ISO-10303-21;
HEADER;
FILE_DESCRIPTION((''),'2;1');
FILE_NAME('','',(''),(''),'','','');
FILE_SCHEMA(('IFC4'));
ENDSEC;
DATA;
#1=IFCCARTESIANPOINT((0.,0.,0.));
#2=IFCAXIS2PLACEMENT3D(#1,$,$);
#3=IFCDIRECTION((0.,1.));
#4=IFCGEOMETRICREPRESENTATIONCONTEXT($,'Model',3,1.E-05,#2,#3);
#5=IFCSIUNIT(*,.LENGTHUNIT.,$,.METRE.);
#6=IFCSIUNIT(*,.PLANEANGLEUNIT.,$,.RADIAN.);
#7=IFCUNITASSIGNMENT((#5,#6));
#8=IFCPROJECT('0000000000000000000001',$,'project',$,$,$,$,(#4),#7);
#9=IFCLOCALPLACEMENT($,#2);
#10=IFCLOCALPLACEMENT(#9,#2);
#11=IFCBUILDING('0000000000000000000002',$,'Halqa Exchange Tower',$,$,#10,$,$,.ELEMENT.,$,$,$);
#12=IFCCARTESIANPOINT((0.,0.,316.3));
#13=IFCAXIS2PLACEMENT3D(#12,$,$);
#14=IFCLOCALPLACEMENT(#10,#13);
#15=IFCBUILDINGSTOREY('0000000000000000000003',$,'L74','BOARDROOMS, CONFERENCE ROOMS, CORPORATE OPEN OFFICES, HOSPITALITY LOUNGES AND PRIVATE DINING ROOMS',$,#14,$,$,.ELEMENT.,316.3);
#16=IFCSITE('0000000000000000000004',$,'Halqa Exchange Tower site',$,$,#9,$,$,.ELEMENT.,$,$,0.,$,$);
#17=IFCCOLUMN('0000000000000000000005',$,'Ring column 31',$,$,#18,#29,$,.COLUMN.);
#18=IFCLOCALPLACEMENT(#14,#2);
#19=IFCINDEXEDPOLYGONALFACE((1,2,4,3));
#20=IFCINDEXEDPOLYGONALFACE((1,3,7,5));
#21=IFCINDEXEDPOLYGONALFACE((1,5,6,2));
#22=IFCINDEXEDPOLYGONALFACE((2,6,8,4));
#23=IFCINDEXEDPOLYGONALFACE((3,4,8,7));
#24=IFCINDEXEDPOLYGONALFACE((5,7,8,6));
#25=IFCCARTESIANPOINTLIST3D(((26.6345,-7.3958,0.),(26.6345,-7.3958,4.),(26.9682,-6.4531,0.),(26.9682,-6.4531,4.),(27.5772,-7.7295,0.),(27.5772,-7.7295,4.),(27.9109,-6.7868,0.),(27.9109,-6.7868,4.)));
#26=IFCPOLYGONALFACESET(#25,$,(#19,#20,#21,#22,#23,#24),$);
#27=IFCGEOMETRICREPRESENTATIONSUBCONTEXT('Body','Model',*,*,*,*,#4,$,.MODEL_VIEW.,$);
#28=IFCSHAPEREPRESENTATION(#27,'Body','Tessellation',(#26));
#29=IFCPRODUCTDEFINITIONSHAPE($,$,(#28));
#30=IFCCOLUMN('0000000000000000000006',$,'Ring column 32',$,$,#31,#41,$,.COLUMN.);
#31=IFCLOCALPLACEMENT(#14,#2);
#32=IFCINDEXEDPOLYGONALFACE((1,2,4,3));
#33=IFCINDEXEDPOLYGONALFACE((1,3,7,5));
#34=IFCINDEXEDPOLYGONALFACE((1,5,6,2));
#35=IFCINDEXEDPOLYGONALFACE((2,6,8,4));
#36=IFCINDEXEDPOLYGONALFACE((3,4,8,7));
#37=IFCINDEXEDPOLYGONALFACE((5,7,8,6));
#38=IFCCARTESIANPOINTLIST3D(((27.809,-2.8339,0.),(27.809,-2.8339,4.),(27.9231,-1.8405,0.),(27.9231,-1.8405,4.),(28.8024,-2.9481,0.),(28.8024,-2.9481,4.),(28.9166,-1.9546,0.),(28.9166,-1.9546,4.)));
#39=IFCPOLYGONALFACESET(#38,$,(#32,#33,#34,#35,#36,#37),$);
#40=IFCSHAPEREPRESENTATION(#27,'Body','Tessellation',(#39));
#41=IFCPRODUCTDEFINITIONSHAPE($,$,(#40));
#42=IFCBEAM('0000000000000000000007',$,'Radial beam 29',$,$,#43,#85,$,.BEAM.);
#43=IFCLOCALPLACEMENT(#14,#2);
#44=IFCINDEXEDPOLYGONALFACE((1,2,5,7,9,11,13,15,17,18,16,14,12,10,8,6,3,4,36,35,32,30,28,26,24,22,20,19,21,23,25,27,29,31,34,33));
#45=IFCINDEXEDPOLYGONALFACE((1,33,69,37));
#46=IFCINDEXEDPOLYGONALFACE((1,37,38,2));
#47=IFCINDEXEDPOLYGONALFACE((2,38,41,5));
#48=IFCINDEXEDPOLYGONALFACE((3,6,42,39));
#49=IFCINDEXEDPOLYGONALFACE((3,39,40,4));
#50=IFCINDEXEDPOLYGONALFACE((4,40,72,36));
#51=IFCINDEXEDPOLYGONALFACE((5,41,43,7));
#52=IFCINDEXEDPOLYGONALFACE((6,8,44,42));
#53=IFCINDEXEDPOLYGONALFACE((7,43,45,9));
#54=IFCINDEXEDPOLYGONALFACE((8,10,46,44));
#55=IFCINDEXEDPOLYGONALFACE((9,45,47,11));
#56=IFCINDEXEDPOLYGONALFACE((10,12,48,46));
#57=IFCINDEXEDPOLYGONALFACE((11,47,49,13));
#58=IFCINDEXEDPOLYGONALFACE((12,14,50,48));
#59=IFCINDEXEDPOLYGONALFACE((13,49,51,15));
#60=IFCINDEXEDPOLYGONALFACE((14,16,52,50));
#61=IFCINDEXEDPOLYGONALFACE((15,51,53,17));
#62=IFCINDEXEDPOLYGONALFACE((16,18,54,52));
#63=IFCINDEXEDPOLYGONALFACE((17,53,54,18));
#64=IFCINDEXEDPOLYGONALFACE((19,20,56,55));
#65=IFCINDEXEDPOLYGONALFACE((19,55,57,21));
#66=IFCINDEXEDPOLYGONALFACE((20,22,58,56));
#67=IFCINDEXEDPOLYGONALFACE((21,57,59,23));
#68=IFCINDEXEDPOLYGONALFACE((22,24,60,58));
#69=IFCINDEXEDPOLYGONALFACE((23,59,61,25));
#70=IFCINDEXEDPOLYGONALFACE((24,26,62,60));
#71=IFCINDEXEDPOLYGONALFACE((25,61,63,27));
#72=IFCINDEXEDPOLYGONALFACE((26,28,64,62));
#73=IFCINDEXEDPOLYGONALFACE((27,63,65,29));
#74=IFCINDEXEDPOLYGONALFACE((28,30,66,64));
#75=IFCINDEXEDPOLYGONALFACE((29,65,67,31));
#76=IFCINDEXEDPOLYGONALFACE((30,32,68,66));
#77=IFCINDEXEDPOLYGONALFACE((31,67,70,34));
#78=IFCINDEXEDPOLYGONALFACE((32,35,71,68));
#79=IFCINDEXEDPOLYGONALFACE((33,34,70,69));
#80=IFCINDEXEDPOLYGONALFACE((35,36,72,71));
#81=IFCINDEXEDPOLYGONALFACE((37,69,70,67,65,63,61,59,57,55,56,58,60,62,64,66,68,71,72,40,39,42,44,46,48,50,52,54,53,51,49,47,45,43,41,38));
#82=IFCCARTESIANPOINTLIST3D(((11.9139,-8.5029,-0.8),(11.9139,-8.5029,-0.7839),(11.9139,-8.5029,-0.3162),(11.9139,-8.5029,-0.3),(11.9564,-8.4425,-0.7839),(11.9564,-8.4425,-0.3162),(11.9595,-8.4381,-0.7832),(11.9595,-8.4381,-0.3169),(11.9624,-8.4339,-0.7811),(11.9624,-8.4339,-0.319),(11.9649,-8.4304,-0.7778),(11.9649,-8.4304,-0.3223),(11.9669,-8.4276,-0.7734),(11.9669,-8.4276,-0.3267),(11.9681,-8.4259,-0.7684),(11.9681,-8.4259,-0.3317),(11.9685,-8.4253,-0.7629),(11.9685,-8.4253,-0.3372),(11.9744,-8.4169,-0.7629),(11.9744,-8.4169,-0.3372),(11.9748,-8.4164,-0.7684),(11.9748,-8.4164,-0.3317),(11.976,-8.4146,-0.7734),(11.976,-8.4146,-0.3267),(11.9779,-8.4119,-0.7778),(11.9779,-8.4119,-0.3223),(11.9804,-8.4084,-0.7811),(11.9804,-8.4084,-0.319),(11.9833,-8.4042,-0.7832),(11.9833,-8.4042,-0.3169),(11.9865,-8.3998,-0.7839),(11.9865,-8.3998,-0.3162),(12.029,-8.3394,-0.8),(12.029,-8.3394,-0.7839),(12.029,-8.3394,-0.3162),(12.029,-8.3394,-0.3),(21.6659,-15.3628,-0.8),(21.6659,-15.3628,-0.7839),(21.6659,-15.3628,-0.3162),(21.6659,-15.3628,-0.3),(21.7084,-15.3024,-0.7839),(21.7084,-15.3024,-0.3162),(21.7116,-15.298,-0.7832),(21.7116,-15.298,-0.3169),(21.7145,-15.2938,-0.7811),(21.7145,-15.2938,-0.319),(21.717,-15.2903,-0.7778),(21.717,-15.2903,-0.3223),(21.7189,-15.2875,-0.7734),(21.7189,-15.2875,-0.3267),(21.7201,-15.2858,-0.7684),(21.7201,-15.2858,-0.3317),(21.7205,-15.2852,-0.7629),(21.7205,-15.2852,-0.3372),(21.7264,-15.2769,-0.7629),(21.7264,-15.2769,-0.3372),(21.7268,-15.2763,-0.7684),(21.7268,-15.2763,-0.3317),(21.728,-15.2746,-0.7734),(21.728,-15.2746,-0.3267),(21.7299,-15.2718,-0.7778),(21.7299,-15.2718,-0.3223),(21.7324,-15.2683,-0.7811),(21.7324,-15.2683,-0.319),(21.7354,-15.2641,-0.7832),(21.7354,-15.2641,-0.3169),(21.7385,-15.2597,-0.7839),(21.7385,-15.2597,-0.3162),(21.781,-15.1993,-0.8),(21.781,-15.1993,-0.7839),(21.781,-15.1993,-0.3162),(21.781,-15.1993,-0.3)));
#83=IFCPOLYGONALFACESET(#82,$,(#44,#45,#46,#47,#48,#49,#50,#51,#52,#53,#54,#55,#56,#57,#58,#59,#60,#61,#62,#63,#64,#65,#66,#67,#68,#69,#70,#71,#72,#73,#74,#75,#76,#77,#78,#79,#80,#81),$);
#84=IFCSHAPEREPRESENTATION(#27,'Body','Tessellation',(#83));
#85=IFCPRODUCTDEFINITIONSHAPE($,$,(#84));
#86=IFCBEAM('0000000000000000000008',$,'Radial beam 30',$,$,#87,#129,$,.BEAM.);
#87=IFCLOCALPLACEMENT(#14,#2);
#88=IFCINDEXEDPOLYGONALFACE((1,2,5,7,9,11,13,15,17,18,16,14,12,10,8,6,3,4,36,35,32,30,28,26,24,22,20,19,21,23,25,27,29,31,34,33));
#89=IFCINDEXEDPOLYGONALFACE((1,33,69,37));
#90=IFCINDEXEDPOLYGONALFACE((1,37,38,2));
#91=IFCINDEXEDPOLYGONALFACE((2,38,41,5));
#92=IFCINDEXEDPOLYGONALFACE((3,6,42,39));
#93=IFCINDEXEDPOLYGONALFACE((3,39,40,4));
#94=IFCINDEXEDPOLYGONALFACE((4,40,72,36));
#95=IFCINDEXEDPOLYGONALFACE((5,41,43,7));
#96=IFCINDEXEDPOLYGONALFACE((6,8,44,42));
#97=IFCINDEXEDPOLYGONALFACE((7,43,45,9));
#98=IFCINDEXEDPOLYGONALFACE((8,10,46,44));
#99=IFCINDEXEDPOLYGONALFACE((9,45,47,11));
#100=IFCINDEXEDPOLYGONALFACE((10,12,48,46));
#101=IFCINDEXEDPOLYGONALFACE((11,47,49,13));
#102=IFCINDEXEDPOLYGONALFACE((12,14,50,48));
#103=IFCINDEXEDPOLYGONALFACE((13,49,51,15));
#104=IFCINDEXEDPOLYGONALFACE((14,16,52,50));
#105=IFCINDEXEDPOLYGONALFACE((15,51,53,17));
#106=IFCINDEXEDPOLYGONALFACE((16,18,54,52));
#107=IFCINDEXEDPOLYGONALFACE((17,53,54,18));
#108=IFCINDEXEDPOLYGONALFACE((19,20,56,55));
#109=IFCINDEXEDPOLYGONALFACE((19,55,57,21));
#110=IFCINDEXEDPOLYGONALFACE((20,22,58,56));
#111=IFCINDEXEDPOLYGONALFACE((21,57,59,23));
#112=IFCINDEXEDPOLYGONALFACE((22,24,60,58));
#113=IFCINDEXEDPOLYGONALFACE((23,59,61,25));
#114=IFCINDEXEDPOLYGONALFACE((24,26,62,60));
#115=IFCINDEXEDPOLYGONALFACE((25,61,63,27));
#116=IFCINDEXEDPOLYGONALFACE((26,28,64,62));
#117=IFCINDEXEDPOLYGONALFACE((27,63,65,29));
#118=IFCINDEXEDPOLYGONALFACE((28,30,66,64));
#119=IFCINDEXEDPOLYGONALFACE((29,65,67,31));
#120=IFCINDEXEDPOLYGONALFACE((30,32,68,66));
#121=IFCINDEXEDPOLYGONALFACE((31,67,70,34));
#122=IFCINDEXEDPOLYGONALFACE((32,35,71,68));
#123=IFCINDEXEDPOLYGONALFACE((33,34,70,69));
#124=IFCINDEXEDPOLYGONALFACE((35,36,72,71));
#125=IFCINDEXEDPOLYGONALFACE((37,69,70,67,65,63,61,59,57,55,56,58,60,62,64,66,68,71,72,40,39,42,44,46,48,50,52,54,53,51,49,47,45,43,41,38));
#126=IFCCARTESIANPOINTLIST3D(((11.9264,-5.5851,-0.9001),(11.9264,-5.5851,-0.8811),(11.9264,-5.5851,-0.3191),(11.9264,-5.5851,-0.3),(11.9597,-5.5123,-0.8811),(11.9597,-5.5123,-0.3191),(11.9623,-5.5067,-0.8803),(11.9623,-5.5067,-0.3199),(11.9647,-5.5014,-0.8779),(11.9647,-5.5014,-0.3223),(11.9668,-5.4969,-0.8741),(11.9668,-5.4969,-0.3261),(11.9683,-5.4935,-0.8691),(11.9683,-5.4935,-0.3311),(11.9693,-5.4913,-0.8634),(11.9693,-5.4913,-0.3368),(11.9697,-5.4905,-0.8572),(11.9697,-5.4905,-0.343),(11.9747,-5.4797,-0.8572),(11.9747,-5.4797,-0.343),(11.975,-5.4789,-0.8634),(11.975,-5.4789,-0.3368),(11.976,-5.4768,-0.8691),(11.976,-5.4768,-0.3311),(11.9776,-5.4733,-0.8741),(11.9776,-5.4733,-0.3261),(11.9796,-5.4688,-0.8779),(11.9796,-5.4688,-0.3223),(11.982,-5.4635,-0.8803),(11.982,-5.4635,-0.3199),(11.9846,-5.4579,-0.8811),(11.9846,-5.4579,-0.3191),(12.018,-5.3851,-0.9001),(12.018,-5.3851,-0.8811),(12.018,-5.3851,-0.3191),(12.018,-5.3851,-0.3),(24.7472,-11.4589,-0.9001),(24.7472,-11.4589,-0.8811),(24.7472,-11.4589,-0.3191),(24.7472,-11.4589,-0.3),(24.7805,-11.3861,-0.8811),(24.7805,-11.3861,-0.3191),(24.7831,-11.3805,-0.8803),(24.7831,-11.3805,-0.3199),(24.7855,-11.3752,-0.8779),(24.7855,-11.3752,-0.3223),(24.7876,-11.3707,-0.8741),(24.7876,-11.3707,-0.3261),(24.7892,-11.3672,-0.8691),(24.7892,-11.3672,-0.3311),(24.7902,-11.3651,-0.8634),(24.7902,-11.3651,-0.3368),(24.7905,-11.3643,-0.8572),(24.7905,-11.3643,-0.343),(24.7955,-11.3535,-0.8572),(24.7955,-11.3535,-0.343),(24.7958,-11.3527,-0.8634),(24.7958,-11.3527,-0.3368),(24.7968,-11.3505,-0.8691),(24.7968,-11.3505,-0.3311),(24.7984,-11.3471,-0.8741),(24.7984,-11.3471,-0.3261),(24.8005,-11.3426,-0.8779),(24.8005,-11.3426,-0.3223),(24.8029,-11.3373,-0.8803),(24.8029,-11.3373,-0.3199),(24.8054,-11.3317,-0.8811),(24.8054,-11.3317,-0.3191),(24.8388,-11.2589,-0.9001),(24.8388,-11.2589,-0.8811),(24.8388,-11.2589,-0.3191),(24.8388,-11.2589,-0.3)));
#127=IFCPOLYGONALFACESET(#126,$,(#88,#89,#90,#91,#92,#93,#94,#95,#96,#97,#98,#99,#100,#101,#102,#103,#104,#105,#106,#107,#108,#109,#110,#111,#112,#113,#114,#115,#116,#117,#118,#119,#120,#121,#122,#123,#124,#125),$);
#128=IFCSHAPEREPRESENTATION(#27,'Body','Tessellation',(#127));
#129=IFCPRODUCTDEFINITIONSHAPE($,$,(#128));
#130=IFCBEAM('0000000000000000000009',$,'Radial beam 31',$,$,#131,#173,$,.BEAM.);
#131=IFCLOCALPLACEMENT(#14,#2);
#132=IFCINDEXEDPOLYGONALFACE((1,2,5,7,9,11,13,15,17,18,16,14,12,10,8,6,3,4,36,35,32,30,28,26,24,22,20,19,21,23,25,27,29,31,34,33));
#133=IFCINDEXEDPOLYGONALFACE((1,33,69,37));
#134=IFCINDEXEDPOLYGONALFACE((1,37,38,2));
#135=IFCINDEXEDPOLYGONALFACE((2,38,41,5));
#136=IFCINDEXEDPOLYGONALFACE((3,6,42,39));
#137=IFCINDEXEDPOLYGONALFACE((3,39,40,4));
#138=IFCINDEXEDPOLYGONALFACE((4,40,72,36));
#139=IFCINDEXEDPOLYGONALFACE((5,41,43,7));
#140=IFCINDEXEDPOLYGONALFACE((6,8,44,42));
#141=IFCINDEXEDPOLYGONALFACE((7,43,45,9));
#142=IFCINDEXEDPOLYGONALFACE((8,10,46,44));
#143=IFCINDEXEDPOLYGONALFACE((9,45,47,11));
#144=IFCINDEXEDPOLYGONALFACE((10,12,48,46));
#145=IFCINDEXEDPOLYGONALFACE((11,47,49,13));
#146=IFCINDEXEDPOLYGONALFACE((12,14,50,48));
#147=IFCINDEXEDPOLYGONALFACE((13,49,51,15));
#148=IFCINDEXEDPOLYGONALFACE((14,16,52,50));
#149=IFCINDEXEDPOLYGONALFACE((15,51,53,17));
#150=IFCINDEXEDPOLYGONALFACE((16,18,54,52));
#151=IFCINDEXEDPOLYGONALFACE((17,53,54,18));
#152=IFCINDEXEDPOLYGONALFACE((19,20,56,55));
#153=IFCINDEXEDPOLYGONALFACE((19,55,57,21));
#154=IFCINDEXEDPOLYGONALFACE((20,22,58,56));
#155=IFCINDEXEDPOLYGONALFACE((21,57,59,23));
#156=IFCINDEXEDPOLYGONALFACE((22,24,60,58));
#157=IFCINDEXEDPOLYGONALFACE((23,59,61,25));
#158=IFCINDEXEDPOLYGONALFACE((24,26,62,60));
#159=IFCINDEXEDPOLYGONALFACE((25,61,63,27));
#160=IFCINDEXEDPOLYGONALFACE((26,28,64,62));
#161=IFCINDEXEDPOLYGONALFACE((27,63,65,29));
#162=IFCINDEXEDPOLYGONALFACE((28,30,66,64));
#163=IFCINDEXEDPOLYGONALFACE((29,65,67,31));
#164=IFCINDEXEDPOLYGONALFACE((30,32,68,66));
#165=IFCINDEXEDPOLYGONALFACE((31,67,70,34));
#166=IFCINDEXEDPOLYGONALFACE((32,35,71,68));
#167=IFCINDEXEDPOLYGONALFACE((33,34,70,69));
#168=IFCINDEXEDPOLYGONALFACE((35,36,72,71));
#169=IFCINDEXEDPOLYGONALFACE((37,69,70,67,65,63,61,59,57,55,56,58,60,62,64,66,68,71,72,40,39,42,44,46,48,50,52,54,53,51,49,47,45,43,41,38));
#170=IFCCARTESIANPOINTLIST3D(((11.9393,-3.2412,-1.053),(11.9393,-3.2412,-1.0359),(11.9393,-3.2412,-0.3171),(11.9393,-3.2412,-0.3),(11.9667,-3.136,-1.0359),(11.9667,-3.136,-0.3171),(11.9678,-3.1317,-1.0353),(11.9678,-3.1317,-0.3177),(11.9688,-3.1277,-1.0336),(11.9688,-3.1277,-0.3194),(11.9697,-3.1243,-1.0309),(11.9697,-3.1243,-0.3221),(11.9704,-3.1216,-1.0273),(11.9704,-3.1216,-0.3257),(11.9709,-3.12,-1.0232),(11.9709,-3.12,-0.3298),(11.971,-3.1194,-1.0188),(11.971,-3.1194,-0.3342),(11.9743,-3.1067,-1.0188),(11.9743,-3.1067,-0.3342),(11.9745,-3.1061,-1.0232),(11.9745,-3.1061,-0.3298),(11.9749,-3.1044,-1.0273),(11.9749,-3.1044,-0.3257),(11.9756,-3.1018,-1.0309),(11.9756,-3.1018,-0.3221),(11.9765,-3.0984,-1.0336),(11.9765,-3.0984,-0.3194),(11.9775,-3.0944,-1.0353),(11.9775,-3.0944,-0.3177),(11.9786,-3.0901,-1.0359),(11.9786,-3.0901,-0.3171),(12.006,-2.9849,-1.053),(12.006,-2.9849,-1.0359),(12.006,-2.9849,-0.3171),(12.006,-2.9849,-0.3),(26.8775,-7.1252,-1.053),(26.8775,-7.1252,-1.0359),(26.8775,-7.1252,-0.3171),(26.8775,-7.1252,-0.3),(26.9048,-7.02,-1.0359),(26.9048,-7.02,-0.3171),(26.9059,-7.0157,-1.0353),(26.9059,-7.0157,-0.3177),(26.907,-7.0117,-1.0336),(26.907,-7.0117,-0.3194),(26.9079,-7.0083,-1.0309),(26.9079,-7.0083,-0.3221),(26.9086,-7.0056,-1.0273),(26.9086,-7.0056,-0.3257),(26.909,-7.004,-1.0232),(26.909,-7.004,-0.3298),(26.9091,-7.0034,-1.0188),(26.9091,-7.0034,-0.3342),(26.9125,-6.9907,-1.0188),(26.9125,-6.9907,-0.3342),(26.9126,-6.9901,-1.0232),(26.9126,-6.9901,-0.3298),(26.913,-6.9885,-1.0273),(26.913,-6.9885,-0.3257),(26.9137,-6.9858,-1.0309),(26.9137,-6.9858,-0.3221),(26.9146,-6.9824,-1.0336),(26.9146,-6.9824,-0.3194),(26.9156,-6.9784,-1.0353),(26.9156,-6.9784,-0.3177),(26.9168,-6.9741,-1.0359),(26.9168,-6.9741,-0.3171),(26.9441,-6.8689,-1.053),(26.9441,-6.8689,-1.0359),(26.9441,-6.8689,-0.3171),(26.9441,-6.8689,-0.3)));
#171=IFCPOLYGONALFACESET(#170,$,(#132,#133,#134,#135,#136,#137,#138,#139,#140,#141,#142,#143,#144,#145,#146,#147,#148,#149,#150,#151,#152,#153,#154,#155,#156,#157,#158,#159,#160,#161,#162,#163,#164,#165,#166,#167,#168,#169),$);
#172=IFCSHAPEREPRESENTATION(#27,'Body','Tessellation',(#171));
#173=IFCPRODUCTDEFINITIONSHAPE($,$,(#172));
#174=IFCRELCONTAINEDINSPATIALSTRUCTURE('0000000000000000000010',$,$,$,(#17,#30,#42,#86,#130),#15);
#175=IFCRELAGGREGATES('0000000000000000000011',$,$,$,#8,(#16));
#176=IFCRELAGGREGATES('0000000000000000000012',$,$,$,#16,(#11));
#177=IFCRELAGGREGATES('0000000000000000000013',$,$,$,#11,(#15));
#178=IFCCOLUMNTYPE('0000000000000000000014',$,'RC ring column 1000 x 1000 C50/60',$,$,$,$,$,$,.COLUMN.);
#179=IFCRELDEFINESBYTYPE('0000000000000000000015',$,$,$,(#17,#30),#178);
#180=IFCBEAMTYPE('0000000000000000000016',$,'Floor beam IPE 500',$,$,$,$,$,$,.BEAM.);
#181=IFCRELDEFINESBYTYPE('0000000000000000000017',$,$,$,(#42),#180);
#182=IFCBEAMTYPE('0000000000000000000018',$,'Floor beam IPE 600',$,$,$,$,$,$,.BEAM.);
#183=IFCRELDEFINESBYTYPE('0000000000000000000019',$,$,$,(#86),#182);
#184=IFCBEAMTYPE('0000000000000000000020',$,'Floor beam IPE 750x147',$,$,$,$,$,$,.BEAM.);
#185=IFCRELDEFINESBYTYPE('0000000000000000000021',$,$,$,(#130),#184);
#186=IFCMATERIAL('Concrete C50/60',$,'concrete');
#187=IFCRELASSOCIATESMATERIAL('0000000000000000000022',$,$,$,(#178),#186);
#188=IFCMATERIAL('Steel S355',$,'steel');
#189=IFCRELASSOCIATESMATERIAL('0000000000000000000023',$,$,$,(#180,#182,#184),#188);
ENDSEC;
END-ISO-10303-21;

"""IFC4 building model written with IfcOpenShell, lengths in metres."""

from ifc_helpers import new_model, si_unit, direction, frame, origin, origin_2d, place, context, subcontext, project, spatial, rectangle, i_section, extrude, material, material_profile, profile_set, type_object, element, save


model = new_model("IFC4")

# Units and contexts
model_context = context("Model", 3, precision=1e-05, world=origin(), true_north=direction((0.0, 1.0)))
body_context = subcontext(model_context, "Body", "Model", "MODEL_VIEW")
ifc_project = project(units=[si_unit("LENGTHUNIT", "METRE"), si_unit("PLANEANGLEUNIT", "RADIAN")], contexts=[model_context])

# Site, building, storey
site_placement = place(None, origin())
site = spatial("IfcSite", under=ifc_project, at=site_placement, Name="Halqa Exchange Tower site", CompositionType="ELEMENT", RefElevation=0.0)
building_placement = place(site_placement, origin())
building = spatial("IfcBuilding", under=site, at=building_placement, Name="Halqa Exchange Tower", CompositionType="ELEMENT")
storey_placement = place(building_placement, frame((0.0, 0.0, 316.3)))
storey = spatial("IfcBuildingStorey", under=building, at=storey_placement, Name="L74", Description="BOARDROOMS, CONFERENCE ROOMS, CORPORATE OPEN OFFICES, HOSPITALITY LOUNGES AND PRIVATE DINING ROOMS", CompositionType="ELEMENT", Elevation=316.3)

# Columns
ifc_material_1 = material(Name="Concrete C50/60", Category="concrete")
ifc_material_profile_1 = material_profile(ifc_material_1, rectangle(XDim=1.0, YDim=1.0, at=origin_2d()), Name="1000 x 1000")
ifc_profile_set_1 = profile_set([ifc_material_profile_1], Name="Concrete C50/60")
column_type = type_object("IfcColumnType", Name="RC ring column 1000 x 1000 C50/60", PredefinedType="COLUMN", material=ifc_profile_set_1)
for number, where, z_axis, x_axis, name in (
    (1, (27.2727, -7.0913, 0.0), (0.0, 0.0, 1.0), (0.333624, 0.942706, 0.0), "Ring column 31"),
    (2, (28.3628, -2.3943, 0.0), (0.0, 0.0, 1.0), (0.11416, 0.993462, 0.0), "Ring column 32"),
):
    element("IfcColumn", number, at=place(storey_placement, frame(where, z_axis=z_axis, x_axis=x_axis)), inside=storey, type_object=column_type, Name=name, PredefinedType="COLUMN", context=body_context, shape_type="SweptSolid", body=[
        extrude(rectangle(XDim=1.0, YDim=1.0, at=origin_2d()), origin(), (0.0, 0.0, 1.0), 4.0),
    ])

# Beams
ifc_material_2 = material(Name="Steel S355", Category="steel")
ifc_material_profile_2 = material_profile(ifc_material_2, i_section(OverallWidth=0.2, OverallDepth=0.5, WebThickness=0.0103, FlangeThickness=0.0161, FilletRadius=0.021, at=origin_2d()), Name="IPE 500")
ifc_profile_set_2 = profile_set([ifc_material_profile_2], Name="Steel S355")
beam_type_1 = type_object("IfcBeamType", Name="Floor beam IPE 500", PredefinedType="BEAM", material=ifc_profile_set_2)
beam_1_placement = place(storey_placement, frame((11.9714, -8.4211, -0.55), z_axis=(0.81791, -0.575346, 0.0), x_axis=(0.575346, 0.81791, 0.0)))
element("IfcBeam", 3, at=beam_1_placement, inside=storey, type_object=beam_type_1, Name="Radial beam 29", PredefinedType="BEAM", context=body_context, shape_type="SweptSolid", body=[
    extrude(i_section(OverallWidth=0.2, OverallDepth=0.5, WebThickness=0.0103, FlangeThickness=0.0161, FilletRadius=0.021, at=origin_2d()), origin(), (0.0, 0.0, 1.0), 11.9231),
])
ifc_material_profile_3 = material_profile(ifc_material_2, i_section(OverallWidth=0.22, OverallDepth=0.6001, WebThickness=0.012, FlangeThickness=0.019, FilletRadius=0.0239, at=origin_2d()), Name="IPE 600")
ifc_profile_set_3 = profile_set([ifc_material_profile_3], Name="Steel S355")
beam_type_2 = type_object("IfcBeamType", Name="Floor beam IPE 600", PredefinedType="BEAM", material=ifc_profile_set_3)
beam_2_placement = place(storey_placement, frame((11.9722, -5.4851, -0.6001), z_axis=(0.90913, -0.416513, 0.0), x_axis=(0.416513, 0.90913, 0.0)))
element("IfcBeam", 4, at=beam_2_placement, inside=storey, type_object=beam_type_2, Name="Radial beam 30", PredefinedType="BEAM", context=body_context, shape_type="SweptSolid", body=[
    extrude(i_section(OverallWidth=0.22, OverallDepth=0.6001, WebThickness=0.012, FlangeThickness=0.019, FilletRadius=0.0239, at=origin_2d()), origin(), (0.0, 0.0, 1.0), 14.1023),
])
ifc_material_profile_4 = material_profile(ifc_material_2, i_section(OverallWidth=0.2649, OverallDepth=0.7529, WebThickness=0.0132, FlangeThickness=0.0171, FilletRadius=0.0171, at=origin_2d()), Name="IPE 750x147")
ifc_profile_set_4 = profile_set([ifc_material_profile_4], Name="Steel S355")
beam_type_3 = type_object("IfcBeamType", Name="Floor beam IPE 750x147", PredefinedType="BEAM", material=ifc_profile_set_4)
beam_3_placement = place(storey_placement, frame((11.9727, -3.113, -0.6765), z_axis=(0.967821, -0.251639, 0.0), x_axis=(0.251639, 0.967821, 0.0)))
element("IfcBeam", 5, at=beam_3_placement, inside=storey, type_object=beam_type_3, Name="Radial beam 31", PredefinedType="BEAM", context=body_context, shape_type="SweptSolid", body=[
    extrude(i_section(OverallWidth=0.2649, OverallDepth=0.7529, WebThickness=0.0132, FlangeThickness=0.0171, FilletRadius=0.0171, at=origin_2d()), origin(), (0.0, 0.0, 1.0), 15.4348),
])

save(model, "model.ifc")
